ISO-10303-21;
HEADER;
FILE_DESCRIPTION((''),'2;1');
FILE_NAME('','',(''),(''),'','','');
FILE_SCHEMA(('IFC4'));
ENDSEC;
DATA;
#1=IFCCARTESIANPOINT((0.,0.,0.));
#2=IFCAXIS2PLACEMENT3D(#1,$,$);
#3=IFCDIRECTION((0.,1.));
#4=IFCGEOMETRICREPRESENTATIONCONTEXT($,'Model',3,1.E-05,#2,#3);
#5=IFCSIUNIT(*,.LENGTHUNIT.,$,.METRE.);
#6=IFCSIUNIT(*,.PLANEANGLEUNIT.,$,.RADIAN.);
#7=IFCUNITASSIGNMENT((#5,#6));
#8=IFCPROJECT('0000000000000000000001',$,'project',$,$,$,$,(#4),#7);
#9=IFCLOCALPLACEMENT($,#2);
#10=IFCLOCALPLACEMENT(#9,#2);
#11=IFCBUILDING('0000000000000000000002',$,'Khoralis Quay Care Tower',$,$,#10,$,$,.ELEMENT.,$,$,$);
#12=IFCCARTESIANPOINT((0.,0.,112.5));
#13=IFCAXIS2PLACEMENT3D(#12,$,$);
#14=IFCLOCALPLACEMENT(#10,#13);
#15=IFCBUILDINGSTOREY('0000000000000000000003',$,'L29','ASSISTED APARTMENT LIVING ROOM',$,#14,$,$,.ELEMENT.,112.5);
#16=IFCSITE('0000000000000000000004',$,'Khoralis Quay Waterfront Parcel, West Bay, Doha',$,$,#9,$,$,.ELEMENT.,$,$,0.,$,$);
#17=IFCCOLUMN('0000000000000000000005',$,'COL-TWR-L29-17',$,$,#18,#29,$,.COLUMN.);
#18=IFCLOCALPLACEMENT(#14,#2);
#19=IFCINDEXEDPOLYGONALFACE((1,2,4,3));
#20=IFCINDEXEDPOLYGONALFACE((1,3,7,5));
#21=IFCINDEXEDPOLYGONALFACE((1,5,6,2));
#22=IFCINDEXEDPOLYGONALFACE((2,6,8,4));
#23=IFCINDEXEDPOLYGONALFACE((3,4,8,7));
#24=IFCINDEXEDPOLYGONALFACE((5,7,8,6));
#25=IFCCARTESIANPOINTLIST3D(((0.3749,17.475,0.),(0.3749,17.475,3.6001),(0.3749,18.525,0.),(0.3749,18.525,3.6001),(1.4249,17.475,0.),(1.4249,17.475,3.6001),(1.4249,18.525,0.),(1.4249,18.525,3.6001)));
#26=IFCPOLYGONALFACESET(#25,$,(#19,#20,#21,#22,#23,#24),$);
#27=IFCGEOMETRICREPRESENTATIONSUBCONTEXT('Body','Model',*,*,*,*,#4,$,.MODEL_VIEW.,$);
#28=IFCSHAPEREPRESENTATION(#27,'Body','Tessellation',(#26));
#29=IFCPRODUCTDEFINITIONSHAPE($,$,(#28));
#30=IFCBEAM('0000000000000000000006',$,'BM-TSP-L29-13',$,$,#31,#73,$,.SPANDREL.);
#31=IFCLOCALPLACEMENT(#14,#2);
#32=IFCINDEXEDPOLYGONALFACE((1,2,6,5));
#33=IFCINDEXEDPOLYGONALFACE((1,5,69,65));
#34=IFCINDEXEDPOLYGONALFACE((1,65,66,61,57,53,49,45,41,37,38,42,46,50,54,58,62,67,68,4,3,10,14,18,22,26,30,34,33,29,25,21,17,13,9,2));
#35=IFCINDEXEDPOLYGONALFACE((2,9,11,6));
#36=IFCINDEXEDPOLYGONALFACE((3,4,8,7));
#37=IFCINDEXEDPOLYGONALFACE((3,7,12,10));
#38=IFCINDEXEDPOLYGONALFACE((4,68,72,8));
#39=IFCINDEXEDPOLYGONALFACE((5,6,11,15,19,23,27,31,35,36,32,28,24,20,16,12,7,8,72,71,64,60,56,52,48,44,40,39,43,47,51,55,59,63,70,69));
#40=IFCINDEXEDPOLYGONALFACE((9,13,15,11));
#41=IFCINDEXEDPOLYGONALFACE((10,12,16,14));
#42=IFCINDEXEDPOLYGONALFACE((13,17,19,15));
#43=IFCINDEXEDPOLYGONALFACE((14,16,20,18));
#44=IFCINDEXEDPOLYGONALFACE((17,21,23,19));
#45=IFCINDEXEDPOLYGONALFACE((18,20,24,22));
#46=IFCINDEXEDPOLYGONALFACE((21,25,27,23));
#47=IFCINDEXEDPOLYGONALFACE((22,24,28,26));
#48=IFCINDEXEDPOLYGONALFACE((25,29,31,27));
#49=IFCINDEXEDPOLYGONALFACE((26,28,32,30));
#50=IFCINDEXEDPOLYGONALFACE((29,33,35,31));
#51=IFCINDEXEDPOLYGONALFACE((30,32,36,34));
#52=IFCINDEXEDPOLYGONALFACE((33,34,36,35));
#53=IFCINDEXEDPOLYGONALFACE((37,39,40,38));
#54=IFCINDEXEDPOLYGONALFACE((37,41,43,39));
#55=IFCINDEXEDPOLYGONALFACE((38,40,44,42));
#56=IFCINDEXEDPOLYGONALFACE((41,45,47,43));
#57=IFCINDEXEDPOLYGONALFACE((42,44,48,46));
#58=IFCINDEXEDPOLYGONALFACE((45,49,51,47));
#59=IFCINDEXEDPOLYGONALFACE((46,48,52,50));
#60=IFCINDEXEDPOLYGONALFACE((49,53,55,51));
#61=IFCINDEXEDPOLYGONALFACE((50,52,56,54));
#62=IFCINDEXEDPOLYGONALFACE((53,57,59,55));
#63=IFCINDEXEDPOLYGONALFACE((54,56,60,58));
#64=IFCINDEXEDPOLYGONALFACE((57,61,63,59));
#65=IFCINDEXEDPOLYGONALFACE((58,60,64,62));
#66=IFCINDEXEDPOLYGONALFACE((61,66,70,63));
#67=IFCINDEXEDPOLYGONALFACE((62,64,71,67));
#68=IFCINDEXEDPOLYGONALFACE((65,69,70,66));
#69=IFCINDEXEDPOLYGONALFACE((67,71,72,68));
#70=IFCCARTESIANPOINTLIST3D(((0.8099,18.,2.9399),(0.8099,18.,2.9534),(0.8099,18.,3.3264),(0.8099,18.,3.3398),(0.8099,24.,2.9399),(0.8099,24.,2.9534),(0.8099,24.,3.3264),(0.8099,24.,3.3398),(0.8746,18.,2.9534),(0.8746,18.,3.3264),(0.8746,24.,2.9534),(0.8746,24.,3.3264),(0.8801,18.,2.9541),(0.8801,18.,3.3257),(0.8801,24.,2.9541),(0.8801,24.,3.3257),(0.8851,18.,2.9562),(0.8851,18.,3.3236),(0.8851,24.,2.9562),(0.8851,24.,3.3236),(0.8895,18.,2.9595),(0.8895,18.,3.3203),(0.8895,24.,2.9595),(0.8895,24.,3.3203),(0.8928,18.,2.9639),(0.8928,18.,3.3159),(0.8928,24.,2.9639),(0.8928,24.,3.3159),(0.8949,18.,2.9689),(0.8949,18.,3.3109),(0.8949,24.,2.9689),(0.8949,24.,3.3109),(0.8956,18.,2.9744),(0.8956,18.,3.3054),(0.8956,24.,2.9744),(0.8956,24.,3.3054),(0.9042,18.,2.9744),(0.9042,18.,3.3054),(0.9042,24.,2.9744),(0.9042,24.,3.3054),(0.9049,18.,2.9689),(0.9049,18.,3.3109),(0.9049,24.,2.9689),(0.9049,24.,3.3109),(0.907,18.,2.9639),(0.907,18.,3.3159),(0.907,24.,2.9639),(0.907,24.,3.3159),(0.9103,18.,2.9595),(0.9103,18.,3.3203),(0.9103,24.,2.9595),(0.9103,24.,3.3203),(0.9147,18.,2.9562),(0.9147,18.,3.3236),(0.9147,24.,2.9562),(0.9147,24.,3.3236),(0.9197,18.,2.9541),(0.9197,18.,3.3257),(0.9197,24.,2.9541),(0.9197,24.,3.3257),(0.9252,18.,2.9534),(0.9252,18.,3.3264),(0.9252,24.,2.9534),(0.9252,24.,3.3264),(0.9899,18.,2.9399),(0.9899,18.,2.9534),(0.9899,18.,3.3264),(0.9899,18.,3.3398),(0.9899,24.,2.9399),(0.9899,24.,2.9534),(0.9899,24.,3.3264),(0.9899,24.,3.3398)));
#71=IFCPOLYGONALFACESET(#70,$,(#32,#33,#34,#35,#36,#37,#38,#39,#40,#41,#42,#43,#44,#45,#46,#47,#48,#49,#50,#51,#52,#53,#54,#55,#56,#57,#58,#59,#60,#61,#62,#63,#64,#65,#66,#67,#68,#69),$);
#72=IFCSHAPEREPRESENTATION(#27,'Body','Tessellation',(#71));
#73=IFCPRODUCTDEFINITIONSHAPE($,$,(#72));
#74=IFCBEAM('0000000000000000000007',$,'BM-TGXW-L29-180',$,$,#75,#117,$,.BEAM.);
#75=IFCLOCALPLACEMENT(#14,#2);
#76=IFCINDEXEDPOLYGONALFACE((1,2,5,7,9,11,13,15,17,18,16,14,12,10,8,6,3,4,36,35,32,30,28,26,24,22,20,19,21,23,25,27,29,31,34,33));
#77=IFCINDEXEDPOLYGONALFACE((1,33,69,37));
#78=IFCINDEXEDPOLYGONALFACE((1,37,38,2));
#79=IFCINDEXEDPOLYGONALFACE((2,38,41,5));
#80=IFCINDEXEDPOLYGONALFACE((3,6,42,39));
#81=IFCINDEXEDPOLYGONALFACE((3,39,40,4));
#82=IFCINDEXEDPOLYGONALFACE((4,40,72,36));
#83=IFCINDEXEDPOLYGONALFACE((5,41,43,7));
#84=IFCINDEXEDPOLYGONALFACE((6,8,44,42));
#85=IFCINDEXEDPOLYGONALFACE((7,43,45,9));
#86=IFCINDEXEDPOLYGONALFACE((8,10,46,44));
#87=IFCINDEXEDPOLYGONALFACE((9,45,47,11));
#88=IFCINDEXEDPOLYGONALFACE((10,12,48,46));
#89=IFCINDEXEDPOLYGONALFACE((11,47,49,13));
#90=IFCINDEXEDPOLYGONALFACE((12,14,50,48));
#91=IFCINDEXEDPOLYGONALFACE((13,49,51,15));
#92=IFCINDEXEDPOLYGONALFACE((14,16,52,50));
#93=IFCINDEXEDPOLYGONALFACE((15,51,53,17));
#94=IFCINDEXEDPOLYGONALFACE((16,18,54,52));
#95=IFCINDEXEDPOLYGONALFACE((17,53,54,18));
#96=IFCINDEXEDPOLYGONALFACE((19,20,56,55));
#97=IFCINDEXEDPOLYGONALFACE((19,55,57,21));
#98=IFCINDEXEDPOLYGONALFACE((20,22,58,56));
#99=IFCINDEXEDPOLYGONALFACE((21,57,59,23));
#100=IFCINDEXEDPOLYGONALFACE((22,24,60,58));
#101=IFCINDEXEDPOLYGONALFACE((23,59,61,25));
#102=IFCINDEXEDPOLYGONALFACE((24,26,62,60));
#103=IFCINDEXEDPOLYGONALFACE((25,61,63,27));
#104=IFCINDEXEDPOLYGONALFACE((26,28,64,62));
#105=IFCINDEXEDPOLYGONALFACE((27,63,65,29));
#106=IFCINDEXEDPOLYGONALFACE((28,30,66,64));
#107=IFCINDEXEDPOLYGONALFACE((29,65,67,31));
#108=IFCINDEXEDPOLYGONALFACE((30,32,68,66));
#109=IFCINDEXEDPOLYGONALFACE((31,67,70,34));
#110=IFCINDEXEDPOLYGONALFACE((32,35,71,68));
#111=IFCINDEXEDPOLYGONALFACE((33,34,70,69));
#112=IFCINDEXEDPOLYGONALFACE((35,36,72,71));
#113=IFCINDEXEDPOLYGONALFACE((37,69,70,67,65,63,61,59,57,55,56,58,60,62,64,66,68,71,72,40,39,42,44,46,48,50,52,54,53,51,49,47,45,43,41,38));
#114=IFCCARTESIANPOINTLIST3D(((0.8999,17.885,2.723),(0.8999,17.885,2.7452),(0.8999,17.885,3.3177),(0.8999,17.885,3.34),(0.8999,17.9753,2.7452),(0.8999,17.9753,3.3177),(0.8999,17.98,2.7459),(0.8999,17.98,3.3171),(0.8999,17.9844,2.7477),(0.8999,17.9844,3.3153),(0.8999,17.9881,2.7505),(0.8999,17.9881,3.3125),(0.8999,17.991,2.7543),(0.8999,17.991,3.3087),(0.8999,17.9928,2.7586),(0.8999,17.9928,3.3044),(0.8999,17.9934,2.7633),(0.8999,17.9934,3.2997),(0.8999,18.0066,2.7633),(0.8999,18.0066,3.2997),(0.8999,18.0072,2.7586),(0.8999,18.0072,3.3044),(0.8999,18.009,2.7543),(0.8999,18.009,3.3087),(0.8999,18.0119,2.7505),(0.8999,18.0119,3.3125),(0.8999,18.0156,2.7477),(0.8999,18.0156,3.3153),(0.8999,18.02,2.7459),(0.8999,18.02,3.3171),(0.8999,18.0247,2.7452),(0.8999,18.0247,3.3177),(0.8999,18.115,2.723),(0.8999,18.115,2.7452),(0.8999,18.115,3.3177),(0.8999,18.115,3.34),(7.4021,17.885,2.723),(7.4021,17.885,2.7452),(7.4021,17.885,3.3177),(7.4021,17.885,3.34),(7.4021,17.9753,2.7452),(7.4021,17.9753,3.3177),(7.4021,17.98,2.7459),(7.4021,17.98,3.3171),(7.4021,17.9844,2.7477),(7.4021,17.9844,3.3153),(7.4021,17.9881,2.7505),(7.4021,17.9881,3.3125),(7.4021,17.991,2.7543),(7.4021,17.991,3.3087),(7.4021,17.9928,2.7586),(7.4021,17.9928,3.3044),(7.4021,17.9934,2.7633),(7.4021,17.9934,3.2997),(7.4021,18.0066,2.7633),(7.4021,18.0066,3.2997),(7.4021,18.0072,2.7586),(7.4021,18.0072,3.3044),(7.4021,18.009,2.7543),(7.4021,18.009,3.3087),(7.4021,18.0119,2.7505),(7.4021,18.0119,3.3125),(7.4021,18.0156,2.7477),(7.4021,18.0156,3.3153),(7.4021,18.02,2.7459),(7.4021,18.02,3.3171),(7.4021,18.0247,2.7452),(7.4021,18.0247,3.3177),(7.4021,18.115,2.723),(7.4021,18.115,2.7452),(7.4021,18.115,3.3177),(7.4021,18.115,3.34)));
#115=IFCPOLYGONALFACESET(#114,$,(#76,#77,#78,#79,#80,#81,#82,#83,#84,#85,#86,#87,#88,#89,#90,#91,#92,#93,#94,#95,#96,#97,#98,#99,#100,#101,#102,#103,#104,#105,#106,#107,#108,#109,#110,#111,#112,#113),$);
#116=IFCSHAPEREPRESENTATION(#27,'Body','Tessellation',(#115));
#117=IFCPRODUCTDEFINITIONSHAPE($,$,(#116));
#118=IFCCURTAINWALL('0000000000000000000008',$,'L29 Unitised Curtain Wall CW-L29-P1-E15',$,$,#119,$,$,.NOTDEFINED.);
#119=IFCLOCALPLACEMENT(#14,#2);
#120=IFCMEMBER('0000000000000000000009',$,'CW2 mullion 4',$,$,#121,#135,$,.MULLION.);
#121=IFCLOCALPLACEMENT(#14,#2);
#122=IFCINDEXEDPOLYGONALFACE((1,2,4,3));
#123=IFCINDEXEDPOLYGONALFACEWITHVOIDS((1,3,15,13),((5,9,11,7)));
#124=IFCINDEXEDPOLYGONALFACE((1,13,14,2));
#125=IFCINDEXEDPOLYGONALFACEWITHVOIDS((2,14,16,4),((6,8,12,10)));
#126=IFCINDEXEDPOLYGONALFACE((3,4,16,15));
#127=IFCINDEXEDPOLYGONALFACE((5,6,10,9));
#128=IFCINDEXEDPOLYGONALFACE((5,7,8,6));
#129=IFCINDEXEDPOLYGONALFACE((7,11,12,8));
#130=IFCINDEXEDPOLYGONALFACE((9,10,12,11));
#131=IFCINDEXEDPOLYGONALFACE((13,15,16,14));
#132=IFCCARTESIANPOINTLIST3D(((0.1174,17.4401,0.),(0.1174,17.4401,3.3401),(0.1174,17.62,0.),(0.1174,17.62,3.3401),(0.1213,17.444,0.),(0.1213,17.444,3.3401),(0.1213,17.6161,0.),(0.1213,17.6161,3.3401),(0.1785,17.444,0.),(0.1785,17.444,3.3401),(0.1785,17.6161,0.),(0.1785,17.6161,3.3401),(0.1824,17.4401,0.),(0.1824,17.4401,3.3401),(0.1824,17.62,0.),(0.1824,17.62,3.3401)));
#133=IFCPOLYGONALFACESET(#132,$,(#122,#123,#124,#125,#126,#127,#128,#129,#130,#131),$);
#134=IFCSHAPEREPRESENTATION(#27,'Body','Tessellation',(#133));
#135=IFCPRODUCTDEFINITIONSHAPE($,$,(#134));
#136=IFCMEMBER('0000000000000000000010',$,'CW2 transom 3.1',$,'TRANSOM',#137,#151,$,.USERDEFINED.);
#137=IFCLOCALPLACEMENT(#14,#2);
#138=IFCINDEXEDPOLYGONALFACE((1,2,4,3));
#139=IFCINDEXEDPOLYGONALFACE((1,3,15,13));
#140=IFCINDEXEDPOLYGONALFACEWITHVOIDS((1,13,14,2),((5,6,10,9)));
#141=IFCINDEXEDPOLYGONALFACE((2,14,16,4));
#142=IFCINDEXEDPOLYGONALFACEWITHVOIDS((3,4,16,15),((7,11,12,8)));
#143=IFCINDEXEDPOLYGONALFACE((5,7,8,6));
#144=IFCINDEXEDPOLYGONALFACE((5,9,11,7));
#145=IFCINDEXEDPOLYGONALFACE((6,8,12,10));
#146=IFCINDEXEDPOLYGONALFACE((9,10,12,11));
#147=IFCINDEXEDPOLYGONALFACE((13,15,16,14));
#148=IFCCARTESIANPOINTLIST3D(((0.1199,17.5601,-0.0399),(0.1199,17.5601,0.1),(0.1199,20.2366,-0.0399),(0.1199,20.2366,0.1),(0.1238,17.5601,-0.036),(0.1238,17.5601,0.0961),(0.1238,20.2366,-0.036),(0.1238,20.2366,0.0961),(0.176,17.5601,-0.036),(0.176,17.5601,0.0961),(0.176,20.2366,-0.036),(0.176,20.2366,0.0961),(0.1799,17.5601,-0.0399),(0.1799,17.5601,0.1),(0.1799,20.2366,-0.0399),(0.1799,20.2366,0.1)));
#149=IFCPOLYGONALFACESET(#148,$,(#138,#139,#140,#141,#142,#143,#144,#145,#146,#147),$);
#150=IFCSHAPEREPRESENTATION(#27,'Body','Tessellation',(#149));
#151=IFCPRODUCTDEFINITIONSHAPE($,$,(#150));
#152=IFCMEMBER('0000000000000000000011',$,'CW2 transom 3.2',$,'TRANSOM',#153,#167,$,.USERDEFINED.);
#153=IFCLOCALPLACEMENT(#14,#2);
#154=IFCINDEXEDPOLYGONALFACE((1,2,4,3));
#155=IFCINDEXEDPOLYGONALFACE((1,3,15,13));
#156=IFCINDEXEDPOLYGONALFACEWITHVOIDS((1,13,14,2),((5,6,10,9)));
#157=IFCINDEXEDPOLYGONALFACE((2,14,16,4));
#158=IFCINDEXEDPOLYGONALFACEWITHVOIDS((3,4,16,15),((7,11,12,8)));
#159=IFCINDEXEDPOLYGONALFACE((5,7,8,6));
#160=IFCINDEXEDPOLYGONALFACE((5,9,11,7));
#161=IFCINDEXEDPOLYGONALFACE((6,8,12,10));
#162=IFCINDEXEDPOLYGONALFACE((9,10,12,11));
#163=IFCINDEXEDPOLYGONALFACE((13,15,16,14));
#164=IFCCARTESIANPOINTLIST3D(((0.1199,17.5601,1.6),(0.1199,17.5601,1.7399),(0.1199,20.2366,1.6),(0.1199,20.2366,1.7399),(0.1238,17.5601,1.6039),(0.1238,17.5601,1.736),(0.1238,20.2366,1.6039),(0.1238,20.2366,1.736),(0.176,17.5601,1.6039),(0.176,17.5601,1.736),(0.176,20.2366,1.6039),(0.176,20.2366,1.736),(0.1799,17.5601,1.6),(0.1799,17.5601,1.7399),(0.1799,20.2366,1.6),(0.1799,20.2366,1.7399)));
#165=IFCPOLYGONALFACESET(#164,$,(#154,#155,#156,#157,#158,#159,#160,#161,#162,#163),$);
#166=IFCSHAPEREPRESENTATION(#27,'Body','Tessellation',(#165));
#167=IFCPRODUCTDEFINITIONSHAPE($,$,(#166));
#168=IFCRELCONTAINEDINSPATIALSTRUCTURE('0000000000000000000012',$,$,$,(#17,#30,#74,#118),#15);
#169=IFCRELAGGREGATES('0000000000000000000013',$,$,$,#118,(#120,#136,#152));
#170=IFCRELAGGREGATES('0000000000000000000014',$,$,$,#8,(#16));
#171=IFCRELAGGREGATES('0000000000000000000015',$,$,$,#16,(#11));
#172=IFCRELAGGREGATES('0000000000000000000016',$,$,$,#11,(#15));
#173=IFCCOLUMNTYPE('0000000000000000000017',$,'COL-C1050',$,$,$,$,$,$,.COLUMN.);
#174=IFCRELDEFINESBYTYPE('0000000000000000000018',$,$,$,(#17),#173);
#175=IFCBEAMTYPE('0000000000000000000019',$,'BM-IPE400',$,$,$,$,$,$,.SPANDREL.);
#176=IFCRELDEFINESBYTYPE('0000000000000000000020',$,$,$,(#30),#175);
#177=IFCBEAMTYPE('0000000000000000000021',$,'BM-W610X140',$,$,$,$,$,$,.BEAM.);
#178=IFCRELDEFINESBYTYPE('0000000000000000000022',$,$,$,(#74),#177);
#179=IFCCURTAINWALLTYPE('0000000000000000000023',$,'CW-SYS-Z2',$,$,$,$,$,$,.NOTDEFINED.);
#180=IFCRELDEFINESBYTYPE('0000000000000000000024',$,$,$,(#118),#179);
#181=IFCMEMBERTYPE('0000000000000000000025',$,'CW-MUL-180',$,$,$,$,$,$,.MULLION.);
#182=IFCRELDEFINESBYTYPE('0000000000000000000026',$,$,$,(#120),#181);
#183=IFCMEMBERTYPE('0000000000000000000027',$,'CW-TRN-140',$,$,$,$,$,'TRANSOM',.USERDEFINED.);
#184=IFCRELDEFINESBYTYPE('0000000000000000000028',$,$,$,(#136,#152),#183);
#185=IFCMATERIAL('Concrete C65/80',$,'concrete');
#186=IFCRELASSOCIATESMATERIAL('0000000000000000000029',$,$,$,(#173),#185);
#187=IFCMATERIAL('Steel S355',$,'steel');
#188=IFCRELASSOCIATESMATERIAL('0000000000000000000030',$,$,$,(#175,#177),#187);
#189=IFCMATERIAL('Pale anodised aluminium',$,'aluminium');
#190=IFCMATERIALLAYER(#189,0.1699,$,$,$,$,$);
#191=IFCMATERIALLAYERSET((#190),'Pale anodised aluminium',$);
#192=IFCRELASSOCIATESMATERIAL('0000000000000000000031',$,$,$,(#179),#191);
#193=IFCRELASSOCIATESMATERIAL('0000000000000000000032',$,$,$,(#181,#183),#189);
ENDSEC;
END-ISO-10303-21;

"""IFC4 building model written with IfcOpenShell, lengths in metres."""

from ifc_helpers import new_model, si_unit, direction, frame, origin, origin_2d, place, context, subcontext, project, spatial, rectangle, hollow_rectangle, i_section, extrude, source, transform, mapped, material, layer, layer_set, material_profile, profile_set, type_object, element, aggregate, save


model = new_model("IFC4")

# Units and contexts
model_context = context("Model", 3, precision=1e-05, world=origin(), true_north=direction((0.0, 1.0)))
body_context = subcontext(model_context, "Body", "Model", "MODEL_VIEW")
ifc_project = project(units=[si_unit("LENGTHUNIT", "METRE"), si_unit("PLANEANGLEUNIT", "RADIAN")], contexts=[model_context])

# Site, building, storey
site_placement = place(None, origin())
site = spatial("IfcSite", under=ifc_project, at=site_placement, Name="Khoralis Quay Waterfront Parcel, West Bay, Doha", CompositionType="ELEMENT", RefElevation=0.0)
building_placement = place(site_placement, origin())
building = spatial("IfcBuilding", under=site, at=building_placement, Name="Khoralis Quay Care Tower", CompositionType="ELEMENT")
storey_placement = place(building_placement, frame((0.0, 0.0, 112.5)))
storey = spatial("IfcBuildingStorey", under=building, at=storey_placement, Name="L29", Description="ASSISTED APARTMENT LIVING ROOM", CompositionType="ELEMENT", Elevation=112.5)

# Column
ifc_material_1 = material(Name="Concrete C65/80", Category="concrete")
ifc_material_profile_1 = material_profile(ifc_material_1, rectangle(XDim=1.05, YDim=1.05, at=origin_2d()), Name="Concrete C65/80")
ifc_profile_set_1 = profile_set([ifc_material_profile_1], Name="Concrete C65/80")
column_type = type_object("IfcColumnType", Name="COL-C1050", PredefinedType="COLUMN", material=ifc_profile_set_1)
shared_shape_1 = source(origin(), body_context, "Body", "SweptSolid", [
    extrude(rectangle(XDim=1.05, YDim=1.05, at=origin_2d()), origin(), (0.0, 0.0, 1.0), 3.6001),
])
column_placement = place(storey_placement, frame((0.8999, 18.0, 0.0), z_axis=(0.0, 0.0, 1.0), x_axis=(1.0, 0.0, 0.0)))
element("IfcColumn", 1, at=column_placement, inside=storey, type_object=column_type, Name="COL-TWR-L29-17", PredefinedType="COLUMN", context=body_context, shape_type="MappedRepresentation", body=[
    mapped(shared_shape_1, transform((0.0, 0.0, 0.0), scale=1.0)),
])

# Beams
ifc_material_2 = material(Name="Steel S355", Category="steel")
ifc_material_profile_2 = material_profile(ifc_material_2, i_section(OverallWidth=0.1799, OverallDepth=0.3999, WebThickness=0.0085, FlangeThickness=0.0134, FilletRadius=0.021, at=origin_2d()), Name="Steel S355")
ifc_profile_set_2 = profile_set([ifc_material_profile_2], Name="Steel S355")
beam_type_1 = type_object("IfcBeamType", Name="BM-IPE400", PredefinedType="SPANDREL", material=ifc_profile_set_2)
shared_shape_2 = source(origin(), body_context, "Body", "SweptSolid", [
    extrude(i_section(OverallWidth=0.1799, OverallDepth=0.3999, WebThickness=0.0085, FlangeThickness=0.0134, FilletRadius=0.021, at=origin_2d()), origin(), (0.0, 0.0, 1.0), 6.0),
])
beam_1_placement = place(storey_placement, frame((0.8999, 18.0, 3.1399), z_axis=(0.0, 1.0, 0.0), x_axis=(-1.0, 0.0, 0.0)))
element("IfcBeam", 2, at=beam_1_placement, inside=storey, type_object=beam_type_1, Name="BM-TSP-L29-13", PredefinedType="SPANDREL", context=body_context, shape_type="MappedRepresentation", body=[
    mapped(shared_shape_2, transform((0.0, 0.0, 0.0), scale=1.0)),
])
ifc_material_profile_3 = material_profile(ifc_material_2, i_section(OverallWidth=0.23, OverallDepth=0.6169, WebThickness=0.0132, FlangeThickness=0.0222, FilletRadius=0.0181, at=origin_2d()), Name="Steel S355")
ifc_profile_set_3 = profile_set([ifc_material_profile_3], Name="Steel S355")
beam_type_2 = type_object("IfcBeamType", Name="BM-W610X140", PredefinedType="BEAM", material=ifc_profile_set_3)
shared_shape_3 = source(origin(), body_context, "Body", "SweptSolid", [
    extrude(i_section(OverallWidth=0.23, OverallDepth=0.6169, WebThickness=0.0132, FlangeThickness=0.0222, FilletRadius=0.0181, at=origin_2d()), origin(), (0.0, 0.0, 1.0), 6.5022),
])
beam_2_placement = place(storey_placement, frame((0.8999, 18.0, 3.0315), z_axis=(1.0, 0.0, 0.0), x_axis=(0.0, 1.0, 0.0)))
element("IfcBeam", 3, at=beam_2_placement, inside=storey, type_object=beam_type_2, Name="BM-TGXW-L29-180", PredefinedType="BEAM", context=body_context, shape_type="MappedRepresentation", body=[
    mapped(shared_shape_3, transform((0.0, 0.0, 0.0), scale=1.0)),
])

# Curtain wall, members
ifc_material_3 = material(Name="Pale anodised aluminium", Category="aluminium")
ifc_layer_1 = layer(ifc_material_3, 0.1699)
ifc_layer_set_1 = layer_set([ifc_layer_1], Name="Pale anodised aluminium")
curtain_wall_type = type_object("IfcCurtainWallType", Name="CW-SYS-Z2", PredefinedType="NOTDEFINED", material=ifc_layer_set_1)
curtain_wall_placement = place(storey_placement, origin())
curtain_wall = element("IfcCurtainWall", 4, at=curtain_wall_placement, inside=storey, type_object=curtain_wall_type, Name="L29 Unitised Curtain Wall CW-L29-P1-E15", PredefinedType="NOTDEFINED")
ifc_material_profile_4 = material_profile(ifc_material_3, hollow_rectangle(XDim=0.0649, YDim=0.1799, WallThickness=0.0039, at=origin_2d()), Name="Pale anodised aluminium")
ifc_profile_set_4 = profile_set([ifc_material_profile_4], Name="Pale anodised aluminium")
member_type_1 = type_object("IfcMemberType", Name="CW-MUL-180", PredefinedType="MULLION", material=ifc_profile_set_4)
shared_shape_4 = source(origin(), body_context, "Body", "SweptSolid", [
    extrude(hollow_rectangle(XDim=0.0649, YDim=0.1799, WallThickness=0.0039, at=origin_2d()), origin(), (0.0, 0.0, 1.0), 3.3401),
])
member_1_placement = place(storey_placement, frame((0.1499, 17.53, 0.0), z_axis=(0.0, 0.0, 1.0), x_axis=(1.0, 0.0, 0.0)))
member_1 = element("IfcMember", 5, at=member_1_placement, type_object=member_type_1, Name="CW2 mullion 4", PredefinedType="MULLION", context=body_context, shape_type="MappedRepresentation", body=[
    mapped(shared_shape_4, transform((0.0, 0.0, 0.0), scale=1.0)),
])
ifc_material_profile_5 = material_profile(ifc_material_3, hollow_rectangle(XDim=0.0601, YDim=0.1399, WallThickness=0.0039, at=origin_2d()), Name="Pale anodised aluminium")
ifc_profile_set_5 = profile_set([ifc_material_profile_5], Name="Pale anodised aluminium")
member_type_2 = type_object("IfcMemberType", Name="CW-TRN-140", ElementType="TRANSOM", PredefinedType="USERDEFINED", material=ifc_profile_set_5)
shared_shape_5 = source(origin(), body_context, "Body", "SweptSolid", [
    extrude(hollow_rectangle(XDim=0.0601, YDim=0.1399, WallThickness=0.0039, at=origin_2d()), origin(), (0.0, 0.0, 1.0), 2.6765),
])
member_2_placement = place(storey_placement, frame((0.1499, 20.2366, 0.03), z_axis=(0.0, -1.0, 0.0), x_axis=(1.0, 0.0, 0.0)))
member_2 = element("IfcMember", 6, at=member_2_placement, type_object=member_type_2, Name="CW2 transom 3.1", ObjectType="TRANSOM", PredefinedType="USERDEFINED", context=body_context, shape_type="MappedRepresentation", body=[
    mapped(shared_shape_5, transform((0.0, 0.0, 0.0), scale=1.0)),
])
member_3_placement = place(storey_placement, frame((0.1499, 20.2366, 1.6699), z_axis=(0.0, -1.0, 0.0), x_axis=(1.0, 0.0, 0.0)))
member_3 = element("IfcMember", 7, at=member_3_placement, type_object=member_type_2, Name="CW2 transom 3.2", ObjectType="TRANSOM", PredefinedType="USERDEFINED", context=body_context, shape_type="MappedRepresentation", body=[
    mapped(shared_shape_5, transform((0.0, 0.0, 0.0), scale=1.0)),
])
aggregate(curtain_wall, [member_1, member_2, member_3])

save(model, "model.ifc")
